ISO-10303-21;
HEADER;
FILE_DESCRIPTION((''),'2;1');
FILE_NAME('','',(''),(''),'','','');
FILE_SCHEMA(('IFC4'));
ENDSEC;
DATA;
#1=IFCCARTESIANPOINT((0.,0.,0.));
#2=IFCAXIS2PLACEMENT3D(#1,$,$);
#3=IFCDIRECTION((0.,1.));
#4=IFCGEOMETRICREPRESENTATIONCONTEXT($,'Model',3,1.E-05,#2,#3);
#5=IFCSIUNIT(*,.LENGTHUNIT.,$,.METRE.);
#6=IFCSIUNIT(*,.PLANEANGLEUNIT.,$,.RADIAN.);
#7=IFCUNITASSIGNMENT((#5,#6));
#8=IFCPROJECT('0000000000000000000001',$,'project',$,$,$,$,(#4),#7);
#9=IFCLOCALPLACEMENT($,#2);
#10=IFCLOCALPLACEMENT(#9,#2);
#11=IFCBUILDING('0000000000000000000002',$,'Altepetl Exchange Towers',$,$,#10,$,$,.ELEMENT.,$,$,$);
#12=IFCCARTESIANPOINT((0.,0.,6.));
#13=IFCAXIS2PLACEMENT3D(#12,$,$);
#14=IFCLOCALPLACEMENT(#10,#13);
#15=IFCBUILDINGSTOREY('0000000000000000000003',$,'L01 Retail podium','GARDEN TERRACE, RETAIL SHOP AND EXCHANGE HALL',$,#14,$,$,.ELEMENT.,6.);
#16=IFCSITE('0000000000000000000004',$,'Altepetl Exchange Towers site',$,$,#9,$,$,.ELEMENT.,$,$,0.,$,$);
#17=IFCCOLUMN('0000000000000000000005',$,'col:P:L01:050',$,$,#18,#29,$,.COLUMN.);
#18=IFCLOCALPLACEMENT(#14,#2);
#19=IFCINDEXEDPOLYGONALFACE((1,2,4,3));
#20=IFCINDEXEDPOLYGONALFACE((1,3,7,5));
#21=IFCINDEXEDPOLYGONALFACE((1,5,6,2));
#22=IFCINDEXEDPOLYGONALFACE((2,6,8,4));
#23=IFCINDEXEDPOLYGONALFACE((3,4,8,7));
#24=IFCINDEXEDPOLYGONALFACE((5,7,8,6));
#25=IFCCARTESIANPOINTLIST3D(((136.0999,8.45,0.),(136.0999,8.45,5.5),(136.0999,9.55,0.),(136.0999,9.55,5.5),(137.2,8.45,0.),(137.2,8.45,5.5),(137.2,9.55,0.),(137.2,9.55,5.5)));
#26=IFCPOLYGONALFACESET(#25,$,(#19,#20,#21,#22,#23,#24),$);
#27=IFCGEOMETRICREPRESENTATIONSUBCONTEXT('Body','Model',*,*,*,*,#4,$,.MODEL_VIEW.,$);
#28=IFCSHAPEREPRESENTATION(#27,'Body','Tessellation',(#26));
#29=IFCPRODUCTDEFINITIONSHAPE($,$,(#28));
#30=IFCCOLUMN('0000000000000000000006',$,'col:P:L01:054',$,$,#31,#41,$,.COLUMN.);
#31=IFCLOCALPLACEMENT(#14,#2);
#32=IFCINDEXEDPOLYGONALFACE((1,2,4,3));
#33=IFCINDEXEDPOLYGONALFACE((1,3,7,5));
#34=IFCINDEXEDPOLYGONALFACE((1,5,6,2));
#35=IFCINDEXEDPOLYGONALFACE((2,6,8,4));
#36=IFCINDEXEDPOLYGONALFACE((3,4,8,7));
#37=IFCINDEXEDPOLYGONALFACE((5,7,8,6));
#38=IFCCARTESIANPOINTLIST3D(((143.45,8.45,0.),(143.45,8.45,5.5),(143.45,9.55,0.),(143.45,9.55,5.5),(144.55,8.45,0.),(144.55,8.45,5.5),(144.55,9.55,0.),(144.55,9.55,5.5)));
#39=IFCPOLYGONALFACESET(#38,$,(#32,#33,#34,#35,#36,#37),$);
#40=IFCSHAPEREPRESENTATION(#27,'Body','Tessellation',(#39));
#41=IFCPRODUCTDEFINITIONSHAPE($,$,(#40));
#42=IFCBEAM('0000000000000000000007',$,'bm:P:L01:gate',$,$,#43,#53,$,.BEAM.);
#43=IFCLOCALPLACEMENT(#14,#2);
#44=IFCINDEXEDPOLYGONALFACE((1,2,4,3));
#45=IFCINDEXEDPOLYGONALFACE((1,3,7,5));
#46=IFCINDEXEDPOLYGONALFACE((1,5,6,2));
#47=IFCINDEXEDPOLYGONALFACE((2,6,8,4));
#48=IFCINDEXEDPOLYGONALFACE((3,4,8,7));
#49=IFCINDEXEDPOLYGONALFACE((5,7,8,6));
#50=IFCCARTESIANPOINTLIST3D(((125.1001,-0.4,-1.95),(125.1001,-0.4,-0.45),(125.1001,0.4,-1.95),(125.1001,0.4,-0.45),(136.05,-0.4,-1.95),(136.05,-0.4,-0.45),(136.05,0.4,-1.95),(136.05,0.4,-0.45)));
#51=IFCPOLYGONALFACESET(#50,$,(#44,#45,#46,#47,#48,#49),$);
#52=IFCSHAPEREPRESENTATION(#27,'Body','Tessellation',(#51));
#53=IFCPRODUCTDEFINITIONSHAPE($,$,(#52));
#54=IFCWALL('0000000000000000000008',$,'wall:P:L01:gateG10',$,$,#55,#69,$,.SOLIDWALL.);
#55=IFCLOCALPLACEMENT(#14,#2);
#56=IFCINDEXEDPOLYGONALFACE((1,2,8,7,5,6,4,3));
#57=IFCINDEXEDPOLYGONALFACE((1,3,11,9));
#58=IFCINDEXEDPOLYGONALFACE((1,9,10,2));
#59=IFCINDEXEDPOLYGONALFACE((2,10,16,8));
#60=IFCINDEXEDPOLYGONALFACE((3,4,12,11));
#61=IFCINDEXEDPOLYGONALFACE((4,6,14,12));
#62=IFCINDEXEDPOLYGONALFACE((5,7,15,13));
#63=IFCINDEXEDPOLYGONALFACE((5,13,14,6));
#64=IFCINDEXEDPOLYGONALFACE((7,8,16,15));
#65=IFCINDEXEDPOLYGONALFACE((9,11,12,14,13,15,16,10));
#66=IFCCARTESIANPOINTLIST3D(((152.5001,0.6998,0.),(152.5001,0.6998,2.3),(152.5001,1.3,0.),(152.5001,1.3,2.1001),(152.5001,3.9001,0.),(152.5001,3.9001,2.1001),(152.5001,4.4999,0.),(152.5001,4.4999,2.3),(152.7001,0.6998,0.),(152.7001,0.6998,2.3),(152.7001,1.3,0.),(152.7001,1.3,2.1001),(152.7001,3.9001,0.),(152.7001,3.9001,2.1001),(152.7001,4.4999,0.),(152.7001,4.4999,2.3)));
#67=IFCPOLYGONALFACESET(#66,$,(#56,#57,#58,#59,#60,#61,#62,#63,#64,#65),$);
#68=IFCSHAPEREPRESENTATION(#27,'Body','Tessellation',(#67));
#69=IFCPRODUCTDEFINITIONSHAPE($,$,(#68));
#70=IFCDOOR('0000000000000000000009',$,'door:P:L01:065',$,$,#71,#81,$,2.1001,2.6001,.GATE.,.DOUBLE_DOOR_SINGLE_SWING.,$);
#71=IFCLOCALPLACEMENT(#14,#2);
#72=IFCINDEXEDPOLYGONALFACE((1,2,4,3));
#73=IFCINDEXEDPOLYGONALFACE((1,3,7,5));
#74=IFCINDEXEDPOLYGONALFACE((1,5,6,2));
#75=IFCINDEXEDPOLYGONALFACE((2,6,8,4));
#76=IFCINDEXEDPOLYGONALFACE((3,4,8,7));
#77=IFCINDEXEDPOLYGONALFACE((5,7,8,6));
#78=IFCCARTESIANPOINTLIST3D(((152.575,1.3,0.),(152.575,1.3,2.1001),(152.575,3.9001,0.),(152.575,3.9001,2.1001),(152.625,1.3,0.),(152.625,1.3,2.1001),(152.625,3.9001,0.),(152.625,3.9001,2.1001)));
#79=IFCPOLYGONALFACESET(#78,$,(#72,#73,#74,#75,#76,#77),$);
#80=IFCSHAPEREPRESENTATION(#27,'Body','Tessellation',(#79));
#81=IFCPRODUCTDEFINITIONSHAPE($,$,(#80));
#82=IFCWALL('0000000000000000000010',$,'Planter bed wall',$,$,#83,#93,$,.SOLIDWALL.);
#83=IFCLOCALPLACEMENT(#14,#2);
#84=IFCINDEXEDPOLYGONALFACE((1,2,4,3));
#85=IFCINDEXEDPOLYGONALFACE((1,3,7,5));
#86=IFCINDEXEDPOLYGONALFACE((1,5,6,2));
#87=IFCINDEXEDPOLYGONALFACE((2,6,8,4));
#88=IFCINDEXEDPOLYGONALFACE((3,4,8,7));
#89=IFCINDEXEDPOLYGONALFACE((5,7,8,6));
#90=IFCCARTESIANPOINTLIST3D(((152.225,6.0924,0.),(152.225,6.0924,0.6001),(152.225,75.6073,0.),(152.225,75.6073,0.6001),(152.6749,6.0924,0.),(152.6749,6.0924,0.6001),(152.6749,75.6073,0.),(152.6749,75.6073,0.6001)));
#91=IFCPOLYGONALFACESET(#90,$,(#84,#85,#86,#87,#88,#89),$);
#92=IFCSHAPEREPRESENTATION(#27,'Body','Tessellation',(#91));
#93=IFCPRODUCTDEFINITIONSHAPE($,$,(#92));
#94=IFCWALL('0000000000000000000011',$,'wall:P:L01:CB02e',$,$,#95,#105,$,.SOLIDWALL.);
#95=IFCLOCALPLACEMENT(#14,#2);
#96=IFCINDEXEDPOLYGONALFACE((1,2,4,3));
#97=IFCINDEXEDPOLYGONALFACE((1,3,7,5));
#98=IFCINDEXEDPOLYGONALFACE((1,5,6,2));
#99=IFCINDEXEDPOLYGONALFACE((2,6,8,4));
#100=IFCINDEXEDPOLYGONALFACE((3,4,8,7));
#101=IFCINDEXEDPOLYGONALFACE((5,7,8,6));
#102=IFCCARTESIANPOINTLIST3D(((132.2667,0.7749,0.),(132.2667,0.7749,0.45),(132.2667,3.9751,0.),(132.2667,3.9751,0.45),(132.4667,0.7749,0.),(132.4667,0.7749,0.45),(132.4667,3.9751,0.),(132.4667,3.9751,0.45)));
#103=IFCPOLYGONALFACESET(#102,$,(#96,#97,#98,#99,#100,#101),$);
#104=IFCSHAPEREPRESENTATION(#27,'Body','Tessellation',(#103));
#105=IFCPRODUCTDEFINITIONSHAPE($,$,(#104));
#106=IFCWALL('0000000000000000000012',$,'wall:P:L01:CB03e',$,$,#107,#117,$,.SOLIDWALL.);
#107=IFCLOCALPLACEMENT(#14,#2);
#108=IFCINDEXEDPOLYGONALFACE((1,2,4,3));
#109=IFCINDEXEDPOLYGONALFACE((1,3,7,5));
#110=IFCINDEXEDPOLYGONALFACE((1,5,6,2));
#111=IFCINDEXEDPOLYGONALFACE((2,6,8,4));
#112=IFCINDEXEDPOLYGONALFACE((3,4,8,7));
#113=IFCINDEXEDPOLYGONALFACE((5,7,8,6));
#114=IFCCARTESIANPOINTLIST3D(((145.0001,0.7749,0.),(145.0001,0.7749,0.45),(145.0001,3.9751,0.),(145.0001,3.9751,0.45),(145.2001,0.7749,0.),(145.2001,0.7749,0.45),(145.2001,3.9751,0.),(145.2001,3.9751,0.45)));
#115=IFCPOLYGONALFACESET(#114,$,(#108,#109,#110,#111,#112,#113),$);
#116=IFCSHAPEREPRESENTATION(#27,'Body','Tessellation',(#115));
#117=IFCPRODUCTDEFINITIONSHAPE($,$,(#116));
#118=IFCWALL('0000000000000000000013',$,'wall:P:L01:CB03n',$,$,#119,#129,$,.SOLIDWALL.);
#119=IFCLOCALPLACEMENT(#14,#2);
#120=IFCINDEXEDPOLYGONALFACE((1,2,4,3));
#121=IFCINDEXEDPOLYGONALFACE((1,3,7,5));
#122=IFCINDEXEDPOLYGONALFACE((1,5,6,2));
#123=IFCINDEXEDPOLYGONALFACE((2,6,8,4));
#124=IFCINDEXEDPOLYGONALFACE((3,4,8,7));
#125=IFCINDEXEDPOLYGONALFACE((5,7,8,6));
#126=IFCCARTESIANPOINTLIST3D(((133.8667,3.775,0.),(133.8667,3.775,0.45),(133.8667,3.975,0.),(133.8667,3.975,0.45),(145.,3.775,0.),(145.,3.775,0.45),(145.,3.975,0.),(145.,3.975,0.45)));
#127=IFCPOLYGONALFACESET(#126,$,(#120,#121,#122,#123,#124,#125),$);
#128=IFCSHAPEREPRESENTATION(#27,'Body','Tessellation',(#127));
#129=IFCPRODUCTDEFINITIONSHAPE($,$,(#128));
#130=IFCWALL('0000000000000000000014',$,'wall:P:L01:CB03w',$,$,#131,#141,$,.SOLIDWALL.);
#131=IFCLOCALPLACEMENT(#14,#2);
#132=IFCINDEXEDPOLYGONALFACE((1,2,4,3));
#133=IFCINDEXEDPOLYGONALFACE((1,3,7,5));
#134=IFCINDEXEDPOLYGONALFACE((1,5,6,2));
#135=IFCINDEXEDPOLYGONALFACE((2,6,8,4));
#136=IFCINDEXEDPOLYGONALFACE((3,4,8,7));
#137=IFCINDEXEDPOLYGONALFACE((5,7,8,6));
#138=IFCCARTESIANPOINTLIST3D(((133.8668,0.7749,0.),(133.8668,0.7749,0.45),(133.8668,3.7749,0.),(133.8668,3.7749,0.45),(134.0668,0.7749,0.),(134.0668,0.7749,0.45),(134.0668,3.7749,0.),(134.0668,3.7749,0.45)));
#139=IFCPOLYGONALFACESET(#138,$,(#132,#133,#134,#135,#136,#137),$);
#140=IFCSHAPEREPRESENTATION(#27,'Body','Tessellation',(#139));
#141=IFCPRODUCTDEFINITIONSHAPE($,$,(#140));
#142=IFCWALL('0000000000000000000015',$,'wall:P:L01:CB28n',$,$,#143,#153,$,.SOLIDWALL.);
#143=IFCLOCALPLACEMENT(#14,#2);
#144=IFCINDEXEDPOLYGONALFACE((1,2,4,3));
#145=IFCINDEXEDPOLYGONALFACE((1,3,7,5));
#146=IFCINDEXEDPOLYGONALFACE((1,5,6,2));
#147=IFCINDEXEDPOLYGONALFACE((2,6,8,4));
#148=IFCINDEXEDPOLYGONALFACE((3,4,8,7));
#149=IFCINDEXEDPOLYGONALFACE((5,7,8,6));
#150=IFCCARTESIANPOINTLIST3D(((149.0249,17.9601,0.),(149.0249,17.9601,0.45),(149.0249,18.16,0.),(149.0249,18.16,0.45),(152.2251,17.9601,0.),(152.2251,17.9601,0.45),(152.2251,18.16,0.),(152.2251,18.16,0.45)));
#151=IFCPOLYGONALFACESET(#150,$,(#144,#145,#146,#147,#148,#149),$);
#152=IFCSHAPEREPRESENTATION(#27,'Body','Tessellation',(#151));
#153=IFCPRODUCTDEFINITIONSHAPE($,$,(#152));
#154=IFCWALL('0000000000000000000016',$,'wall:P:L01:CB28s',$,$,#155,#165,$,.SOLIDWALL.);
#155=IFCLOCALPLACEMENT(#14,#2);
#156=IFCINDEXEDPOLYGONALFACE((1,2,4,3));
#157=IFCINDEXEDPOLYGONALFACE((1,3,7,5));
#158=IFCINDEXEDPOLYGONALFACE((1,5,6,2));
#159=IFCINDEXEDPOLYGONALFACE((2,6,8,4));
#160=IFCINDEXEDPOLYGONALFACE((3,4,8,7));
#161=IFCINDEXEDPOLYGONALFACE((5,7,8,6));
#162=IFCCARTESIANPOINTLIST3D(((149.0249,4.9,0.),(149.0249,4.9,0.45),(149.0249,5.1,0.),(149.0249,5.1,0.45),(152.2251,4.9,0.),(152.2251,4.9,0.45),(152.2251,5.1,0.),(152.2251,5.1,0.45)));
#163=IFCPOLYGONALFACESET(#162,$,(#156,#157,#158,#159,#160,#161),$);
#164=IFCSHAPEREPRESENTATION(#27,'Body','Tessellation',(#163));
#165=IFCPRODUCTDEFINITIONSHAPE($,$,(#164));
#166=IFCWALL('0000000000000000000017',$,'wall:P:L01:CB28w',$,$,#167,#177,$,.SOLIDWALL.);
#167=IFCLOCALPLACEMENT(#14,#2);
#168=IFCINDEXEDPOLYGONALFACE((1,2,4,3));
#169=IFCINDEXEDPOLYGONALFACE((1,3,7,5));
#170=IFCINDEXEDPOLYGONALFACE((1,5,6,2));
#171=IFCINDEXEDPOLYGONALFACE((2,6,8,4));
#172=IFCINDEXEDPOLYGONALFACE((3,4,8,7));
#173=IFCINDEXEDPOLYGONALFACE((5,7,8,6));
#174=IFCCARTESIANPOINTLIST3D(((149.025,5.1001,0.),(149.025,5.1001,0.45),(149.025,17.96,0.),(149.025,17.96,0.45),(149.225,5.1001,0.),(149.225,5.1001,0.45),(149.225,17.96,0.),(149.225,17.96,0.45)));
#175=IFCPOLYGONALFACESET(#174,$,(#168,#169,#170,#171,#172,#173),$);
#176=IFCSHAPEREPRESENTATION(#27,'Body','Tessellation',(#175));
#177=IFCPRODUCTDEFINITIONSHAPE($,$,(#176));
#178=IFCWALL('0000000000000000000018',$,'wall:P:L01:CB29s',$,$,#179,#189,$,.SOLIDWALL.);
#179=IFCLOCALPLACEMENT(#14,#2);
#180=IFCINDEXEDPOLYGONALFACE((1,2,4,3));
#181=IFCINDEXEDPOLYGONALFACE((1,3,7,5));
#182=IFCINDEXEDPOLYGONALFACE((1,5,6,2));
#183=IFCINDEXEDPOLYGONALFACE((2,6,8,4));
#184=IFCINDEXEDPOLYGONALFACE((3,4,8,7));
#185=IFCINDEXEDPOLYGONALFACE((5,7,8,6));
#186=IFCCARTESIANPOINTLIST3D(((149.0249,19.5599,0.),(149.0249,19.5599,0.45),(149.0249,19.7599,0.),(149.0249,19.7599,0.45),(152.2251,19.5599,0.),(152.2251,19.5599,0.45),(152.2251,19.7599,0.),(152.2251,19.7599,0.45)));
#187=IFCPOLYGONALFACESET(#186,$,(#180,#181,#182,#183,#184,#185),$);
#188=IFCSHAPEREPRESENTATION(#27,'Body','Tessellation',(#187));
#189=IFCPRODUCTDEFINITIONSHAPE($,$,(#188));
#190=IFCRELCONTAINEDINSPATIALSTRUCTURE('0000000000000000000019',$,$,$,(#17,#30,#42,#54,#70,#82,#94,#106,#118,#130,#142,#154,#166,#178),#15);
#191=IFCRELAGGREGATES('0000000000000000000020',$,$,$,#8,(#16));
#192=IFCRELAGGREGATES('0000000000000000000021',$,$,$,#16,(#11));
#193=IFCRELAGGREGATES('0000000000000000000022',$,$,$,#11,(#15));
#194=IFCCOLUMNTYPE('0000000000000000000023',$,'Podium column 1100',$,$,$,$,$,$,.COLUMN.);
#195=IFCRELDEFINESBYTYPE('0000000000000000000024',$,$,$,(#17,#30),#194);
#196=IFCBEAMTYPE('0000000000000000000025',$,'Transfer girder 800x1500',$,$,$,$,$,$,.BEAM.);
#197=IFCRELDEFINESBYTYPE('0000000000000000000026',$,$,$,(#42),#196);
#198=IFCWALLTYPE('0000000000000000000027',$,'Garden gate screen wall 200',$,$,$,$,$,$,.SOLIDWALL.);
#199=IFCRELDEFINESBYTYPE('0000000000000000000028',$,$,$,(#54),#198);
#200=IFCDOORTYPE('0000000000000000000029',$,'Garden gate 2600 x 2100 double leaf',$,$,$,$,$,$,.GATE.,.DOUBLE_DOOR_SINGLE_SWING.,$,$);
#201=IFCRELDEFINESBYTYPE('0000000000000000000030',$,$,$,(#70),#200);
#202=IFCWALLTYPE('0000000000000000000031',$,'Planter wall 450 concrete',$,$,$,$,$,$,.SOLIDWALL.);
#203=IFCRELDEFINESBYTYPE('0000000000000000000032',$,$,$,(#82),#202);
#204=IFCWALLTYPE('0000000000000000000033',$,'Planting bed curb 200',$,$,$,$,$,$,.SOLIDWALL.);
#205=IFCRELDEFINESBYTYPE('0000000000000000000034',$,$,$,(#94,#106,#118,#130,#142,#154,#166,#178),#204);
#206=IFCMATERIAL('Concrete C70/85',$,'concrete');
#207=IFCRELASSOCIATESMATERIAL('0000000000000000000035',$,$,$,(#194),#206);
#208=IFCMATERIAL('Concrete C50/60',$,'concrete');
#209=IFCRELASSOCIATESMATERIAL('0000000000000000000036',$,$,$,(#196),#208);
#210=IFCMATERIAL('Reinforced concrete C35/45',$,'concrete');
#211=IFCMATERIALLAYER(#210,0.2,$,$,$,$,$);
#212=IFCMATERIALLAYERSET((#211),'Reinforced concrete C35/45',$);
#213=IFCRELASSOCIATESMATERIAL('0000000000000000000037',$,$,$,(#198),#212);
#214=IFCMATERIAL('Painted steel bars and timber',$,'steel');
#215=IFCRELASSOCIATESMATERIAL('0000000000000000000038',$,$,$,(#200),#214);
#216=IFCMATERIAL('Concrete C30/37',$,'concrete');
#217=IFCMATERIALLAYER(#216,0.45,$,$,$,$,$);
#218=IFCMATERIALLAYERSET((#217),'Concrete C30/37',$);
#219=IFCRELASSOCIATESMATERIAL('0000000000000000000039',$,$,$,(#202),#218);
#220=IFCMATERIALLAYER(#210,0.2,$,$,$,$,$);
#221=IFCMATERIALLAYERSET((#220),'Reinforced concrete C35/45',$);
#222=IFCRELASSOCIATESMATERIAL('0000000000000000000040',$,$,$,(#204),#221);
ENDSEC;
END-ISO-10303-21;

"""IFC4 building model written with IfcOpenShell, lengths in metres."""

from ifc_helpers import new_model, si_unit, direction, frame, frame_2d, origin, origin_2d, place, context, subcontext, project, spatial, rectangle, extrude, material, layer, layer_set, material_profile, profile_set, type_object, element, fill, save


model = new_model("IFC4")

# Units and contexts
model_context = context("Model", 3, precision=1e-05, world=origin(), true_north=direction((0.0, 1.0)))
body_context = subcontext(model_context, "Body", "Model", "MODEL_VIEW")
ifc_project = project(units=[si_unit("LENGTHUNIT", "METRE"), si_unit("PLANEANGLEUNIT", "RADIAN")], contexts=[model_context])

# Site, building, storey
site_placement = place(None, origin())
site = spatial("IfcSite", under=ifc_project, at=site_placement, Name="Altepetl Exchange Towers site", CompositionType="ELEMENT", RefElevation=0.0)
building_placement = place(site_placement, origin())
building = spatial("IfcBuilding", under=site, at=building_placement, Name="Altepetl Exchange Towers", CompositionType="ELEMENT")
storey_placement = place(building_placement, frame((0.0, 0.0, 6.0)))
storey = spatial("IfcBuildingStorey", under=building, at=storey_placement, Name="L01 Retail podium", Description="GARDEN TERRACE, RETAIL SHOP AND EXCHANGE HALL", CompositionType="ELEMENT", Elevation=6.0)

# Columns
ifc_material_1 = material(Name="Concrete C70/85", Category="concrete")
ifc_material_profile_1 = material_profile(ifc_material_1, rectangle(XDim=1.1001, YDim=1.1001, at=origin_2d()), Name="1100 x 1100")
ifc_profile_set_1 = profile_set([ifc_material_profile_1], Name="Concrete C70/85")
column_type = type_object("IfcColumnType", Name="Podium column 1100", PredefinedType="COLUMN", material=ifc_profile_set_1)
for number, where, name in (
    (1, (136.6499, 9.0, 0.0), "col:P:L01:050"),
    (2, (144.0, 9.0, 0.0), "col:P:L01:054"),
):
    element("IfcColumn", number, at=place(storey_placement, frame(where)), inside=storey, type_object=column_type, Name=name, PredefinedType="COLUMN", context=body_context, shape_type="SweptSolid", body=[
        extrude(rectangle(XDim=1.1001, YDim=1.1001, at=origin_2d()), origin(), (0.0, 0.0, 1.0), 5.5),
    ])

# Beam
ifc_material_2 = material(Name="Concrete C50/60", Category="concrete")
ifc_material_profile_2 = material_profile(ifc_material_2, rectangle(XDim=0.8, YDim=1.5, at=origin_2d()), Name="800 x 1500")
ifc_profile_set_2 = profile_set([ifc_material_profile_2], Name="Concrete C50/60")
beam_type = type_object("IfcBeamType", Name="Transfer girder 800x1500", PredefinedType="BEAM", material=ifc_profile_set_2)
beam_placement = place(storey_placement, frame((125.1001, 0.0, -1.2), z_axis=(1.0, 0.0, 0.0), x_axis=(0.0, 1.0, 0.0)))
element("IfcBeam", 3, at=beam_placement, inside=storey, type_object=beam_type, Name="bm:P:L01:gate", PredefinedType="BEAM", context=body_context, shape_type="SweptSolid", body=[
    extrude(rectangle(XDim=0.8, YDim=1.5, at=origin_2d()), origin(), (0.0, 0.0, 1.0), 10.95),
])

# Wall, opening, door
ifc_material_3 = material(Name="Reinforced concrete C35/45", Category="concrete")
ifc_layer_1 = layer(ifc_material_3, 0.2)
ifc_layer_set_1 = layer_set([ifc_layer_1], Name="Reinforced concrete C35/45")
wall_type_1 = type_object("IfcWallType", Name="Garden gate screen wall 200", PredefinedType="SOLIDWALL", material=ifc_layer_set_1)
wall_1_placement = place(storey_placement, frame((152.6001, 0.7, 0.0), z_axis=(0.0, 0.0, 1.0), x_axis=(0.0, 1.0, 0.0)))
wall_1 = element("IfcWall", 4, at=wall_1_placement, inside=storey, type_object=wall_type_1, Name="wall:P:L01:gateG10", PredefinedType="SOLIDWALL", context=body_context, shape_type="SweptSolid", body=[
    extrude(rectangle(XDim=3.8, YDim=0.2, at=frame_2d((1.8999, 0.0))), origin(), (0.0, 0.0, 1.0), 2.3),
])
opening_1_placement = place(wall_1_placement, frame((0.6001, 0.0, 0.0)))
opening_1 = element("IfcOpeningElement", 5, at=opening_1_placement, cuts=wall_1, PredefinedType="OPENING", context=body_context, shape_type="SweptSolid", body=[
    extrude(rectangle(XDim=2.6001, YDim=2.1001, at=frame_2d((1.3, 1.05))), frame((0.0, 0.1099, 0.0), z_axis=(0.0, -1.0, 0.0), x_axis=(1.0, 0.0, 0.0)), (0.0, 0.0, 1.0), 0.22),
])
ifc_material_4 = material(Name="Painted steel bars and timber", Category="steel")
door_type_1 = type_object("IfcDoorType", Name="Garden gate 2600 x 2100 double leaf", OperationType="DOUBLE_DOOR_SINGLE_SWING", PredefinedType="GATE", material=ifc_material_4)
door_1_placement = place(opening_1_placement, frame((2.6001, 0.0, 0.0), x_axis=(-1.0, 0.0, 0.0)))
door_1 = element("IfcDoor", 6, at=door_1_placement, inside=storey, type_object=door_type_1, Name="door:P:L01:065", OperationType="DOUBLE_DOOR_SINGLE_SWING", OverallHeight=2.1001, OverallWidth=2.6001, PredefinedType="GATE", context=body_context, shape_type="SweptSolid", body=[
    extrude(rectangle(XDim=2.6001, YDim=2.1001, at=frame_2d((1.3, 1.05))), frame((0.0, 0.0249, 0.0), z_axis=(0.0, -1.0, 0.0), x_axis=(1.0, 0.0, 0.0)), (0.0, 0.0, 1.0), 0.05),
])
fill(opening_1, door_1)

# Walls
ifc_material_5 = material(Name="Concrete C30/37", Category="concrete")
ifc_layer_2 = layer(ifc_material_5, 0.45)
ifc_layer_set_2 = layer_set([ifc_layer_2], Name="Concrete C30/37")
wall_type_2 = type_object("IfcWallType", Name="Planter wall 450 concrete", PredefinedType="SOLIDWALL", material=ifc_layer_set_2)
wall_2_placement = place(storey_placement, frame((152.45, 6.0925, 0.0), z_axis=(0.0, 0.0, 1.0), x_axis=(0.0, 1.0, 0.0)))
element("IfcWall", 7, at=wall_2_placement, inside=storey, type_object=wall_type_2, Name="Planter bed wall", PredefinedType="SOLIDWALL", context=body_context, shape_type="SweptSolid", body=[
    extrude(rectangle(XDim=69.5149, YDim=0.45, at=frame_2d((34.7573, 0.0))), origin(), (0.0, 0.0, 1.0), 0.6001),
])
ifc_layer_3 = layer(ifc_material_3, 0.2)
ifc_layer_set_3 = layer_set([ifc_layer_3], Name="Reinforced concrete C35/45")
wall_type_3 = type_object("IfcWallType", Name="Planting bed curb 200", PredefinedType="SOLIDWALL", material=ifc_layer_set_3)
for number, where, z_axis, x_axis, name in (
    (8, (132.3667, 0.7749, 0.0), (0.0, 0.0, 1.0), (0.0, 1.0, 0.0), "wall:P:L01:CB02e"),
    (9, (145.1001, 0.7749, 0.0), (0.0, 0.0, 1.0), (0.0, 1.0, 0.0), "wall:P:L01:CB03e"),
):
    element("IfcWall", number, at=place(storey_placement, frame(where, z_axis=z_axis, x_axis=x_axis)), inside=storey, type_object=wall_type_3, Name=name, PredefinedType="SOLIDWALL", context=body_context, shape_type="SweptSolid", body=[
        extrude(rectangle(XDim=3.2002, YDim=0.2, at=frame_2d((1.6001, 0.0))), origin(), (0.0, 0.0, 1.0), 0.45),
    ])
wall_3_placement = place(storey_placement, frame((133.8667, 3.875, 0.0)))
element("IfcWall", 10, at=wall_3_placement, inside=storey, type_object=wall_type_3, Name="wall:P:L01:CB03n", PredefinedType="SOLIDWALL", context=body_context, shape_type="SweptSolid", body=[
    extrude(rectangle(XDim=11.1333, YDim=0.2, at=frame_2d((5.5667, 0.0))), origin(), (0.0, 0.0, 1.0), 0.45),
])
wall_4_placement = place(storey_placement, frame((133.9668, 0.7749, 0.0), z_axis=(0.0, 0.0, 1.0), x_axis=(0.0, 1.0, 0.0)))
element("IfcWall", 11, at=wall_4_placement, inside=storey, type_object=wall_type_3, Name="wall:P:L01:CB03w", PredefinedType="SOLIDWALL", context=body_context, shape_type="SweptSolid", body=[
    extrude(rectangle(XDim=3.0, YDim=0.2, at=frame_2d((1.5, 0.0))), origin(), (0.0, 0.0, 1.0), 0.45),
])
for number, where, name in (
    (12, (149.0249, 18.0601, 0.0), "wall:P:L01:CB28n"),
    (13, (149.0249, 5.0, 0.0), "wall:P:L01:CB28s"),
):
    element("IfcWall", number, at=place(storey_placement, frame(where)), inside=storey, type_object=wall_type_3, Name=name, PredefinedType="SOLIDWALL", context=body_context, shape_type="SweptSolid", body=[
        extrude(rectangle(XDim=3.2002, YDim=0.2, at=frame_2d((1.6001, 0.0))), origin(), (0.0, 0.0, 1.0), 0.45),
    ])
wall_5_placement = place(storey_placement, frame((149.125, 5.1001, 0.0), z_axis=(0.0, 0.0, 1.0), x_axis=(0.0, 1.0, 0.0)))
element("IfcWall", 14, at=wall_5_placement, inside=storey, type_object=wall_type_3, Name="wall:P:L01:CB28w", PredefinedType="SOLIDWALL", context=body_context, shape_type="SweptSolid", body=[
    extrude(rectangle(XDim=12.8599, YDim=0.2, at=frame_2d((6.4299, 0.0))), origin(), (0.0, 0.0, 1.0), 0.45),
])
wall_6_placement = place(storey_placement, frame((149.0249, 19.6599, 0.0)))
element("IfcWall", 15, at=wall_6_placement, inside=storey, type_object=wall_type_3, Name="wall:P:L01:CB29s", PredefinedType="SOLIDWALL", context=body_context, shape_type="SweptSolid", body=[
    extrude(rectangle(XDim=3.2002, YDim=0.2, at=frame_2d((1.6001, 0.0))), origin(), (0.0, 0.0, 1.0), 0.45),
])

save(model, "model.ifc")
